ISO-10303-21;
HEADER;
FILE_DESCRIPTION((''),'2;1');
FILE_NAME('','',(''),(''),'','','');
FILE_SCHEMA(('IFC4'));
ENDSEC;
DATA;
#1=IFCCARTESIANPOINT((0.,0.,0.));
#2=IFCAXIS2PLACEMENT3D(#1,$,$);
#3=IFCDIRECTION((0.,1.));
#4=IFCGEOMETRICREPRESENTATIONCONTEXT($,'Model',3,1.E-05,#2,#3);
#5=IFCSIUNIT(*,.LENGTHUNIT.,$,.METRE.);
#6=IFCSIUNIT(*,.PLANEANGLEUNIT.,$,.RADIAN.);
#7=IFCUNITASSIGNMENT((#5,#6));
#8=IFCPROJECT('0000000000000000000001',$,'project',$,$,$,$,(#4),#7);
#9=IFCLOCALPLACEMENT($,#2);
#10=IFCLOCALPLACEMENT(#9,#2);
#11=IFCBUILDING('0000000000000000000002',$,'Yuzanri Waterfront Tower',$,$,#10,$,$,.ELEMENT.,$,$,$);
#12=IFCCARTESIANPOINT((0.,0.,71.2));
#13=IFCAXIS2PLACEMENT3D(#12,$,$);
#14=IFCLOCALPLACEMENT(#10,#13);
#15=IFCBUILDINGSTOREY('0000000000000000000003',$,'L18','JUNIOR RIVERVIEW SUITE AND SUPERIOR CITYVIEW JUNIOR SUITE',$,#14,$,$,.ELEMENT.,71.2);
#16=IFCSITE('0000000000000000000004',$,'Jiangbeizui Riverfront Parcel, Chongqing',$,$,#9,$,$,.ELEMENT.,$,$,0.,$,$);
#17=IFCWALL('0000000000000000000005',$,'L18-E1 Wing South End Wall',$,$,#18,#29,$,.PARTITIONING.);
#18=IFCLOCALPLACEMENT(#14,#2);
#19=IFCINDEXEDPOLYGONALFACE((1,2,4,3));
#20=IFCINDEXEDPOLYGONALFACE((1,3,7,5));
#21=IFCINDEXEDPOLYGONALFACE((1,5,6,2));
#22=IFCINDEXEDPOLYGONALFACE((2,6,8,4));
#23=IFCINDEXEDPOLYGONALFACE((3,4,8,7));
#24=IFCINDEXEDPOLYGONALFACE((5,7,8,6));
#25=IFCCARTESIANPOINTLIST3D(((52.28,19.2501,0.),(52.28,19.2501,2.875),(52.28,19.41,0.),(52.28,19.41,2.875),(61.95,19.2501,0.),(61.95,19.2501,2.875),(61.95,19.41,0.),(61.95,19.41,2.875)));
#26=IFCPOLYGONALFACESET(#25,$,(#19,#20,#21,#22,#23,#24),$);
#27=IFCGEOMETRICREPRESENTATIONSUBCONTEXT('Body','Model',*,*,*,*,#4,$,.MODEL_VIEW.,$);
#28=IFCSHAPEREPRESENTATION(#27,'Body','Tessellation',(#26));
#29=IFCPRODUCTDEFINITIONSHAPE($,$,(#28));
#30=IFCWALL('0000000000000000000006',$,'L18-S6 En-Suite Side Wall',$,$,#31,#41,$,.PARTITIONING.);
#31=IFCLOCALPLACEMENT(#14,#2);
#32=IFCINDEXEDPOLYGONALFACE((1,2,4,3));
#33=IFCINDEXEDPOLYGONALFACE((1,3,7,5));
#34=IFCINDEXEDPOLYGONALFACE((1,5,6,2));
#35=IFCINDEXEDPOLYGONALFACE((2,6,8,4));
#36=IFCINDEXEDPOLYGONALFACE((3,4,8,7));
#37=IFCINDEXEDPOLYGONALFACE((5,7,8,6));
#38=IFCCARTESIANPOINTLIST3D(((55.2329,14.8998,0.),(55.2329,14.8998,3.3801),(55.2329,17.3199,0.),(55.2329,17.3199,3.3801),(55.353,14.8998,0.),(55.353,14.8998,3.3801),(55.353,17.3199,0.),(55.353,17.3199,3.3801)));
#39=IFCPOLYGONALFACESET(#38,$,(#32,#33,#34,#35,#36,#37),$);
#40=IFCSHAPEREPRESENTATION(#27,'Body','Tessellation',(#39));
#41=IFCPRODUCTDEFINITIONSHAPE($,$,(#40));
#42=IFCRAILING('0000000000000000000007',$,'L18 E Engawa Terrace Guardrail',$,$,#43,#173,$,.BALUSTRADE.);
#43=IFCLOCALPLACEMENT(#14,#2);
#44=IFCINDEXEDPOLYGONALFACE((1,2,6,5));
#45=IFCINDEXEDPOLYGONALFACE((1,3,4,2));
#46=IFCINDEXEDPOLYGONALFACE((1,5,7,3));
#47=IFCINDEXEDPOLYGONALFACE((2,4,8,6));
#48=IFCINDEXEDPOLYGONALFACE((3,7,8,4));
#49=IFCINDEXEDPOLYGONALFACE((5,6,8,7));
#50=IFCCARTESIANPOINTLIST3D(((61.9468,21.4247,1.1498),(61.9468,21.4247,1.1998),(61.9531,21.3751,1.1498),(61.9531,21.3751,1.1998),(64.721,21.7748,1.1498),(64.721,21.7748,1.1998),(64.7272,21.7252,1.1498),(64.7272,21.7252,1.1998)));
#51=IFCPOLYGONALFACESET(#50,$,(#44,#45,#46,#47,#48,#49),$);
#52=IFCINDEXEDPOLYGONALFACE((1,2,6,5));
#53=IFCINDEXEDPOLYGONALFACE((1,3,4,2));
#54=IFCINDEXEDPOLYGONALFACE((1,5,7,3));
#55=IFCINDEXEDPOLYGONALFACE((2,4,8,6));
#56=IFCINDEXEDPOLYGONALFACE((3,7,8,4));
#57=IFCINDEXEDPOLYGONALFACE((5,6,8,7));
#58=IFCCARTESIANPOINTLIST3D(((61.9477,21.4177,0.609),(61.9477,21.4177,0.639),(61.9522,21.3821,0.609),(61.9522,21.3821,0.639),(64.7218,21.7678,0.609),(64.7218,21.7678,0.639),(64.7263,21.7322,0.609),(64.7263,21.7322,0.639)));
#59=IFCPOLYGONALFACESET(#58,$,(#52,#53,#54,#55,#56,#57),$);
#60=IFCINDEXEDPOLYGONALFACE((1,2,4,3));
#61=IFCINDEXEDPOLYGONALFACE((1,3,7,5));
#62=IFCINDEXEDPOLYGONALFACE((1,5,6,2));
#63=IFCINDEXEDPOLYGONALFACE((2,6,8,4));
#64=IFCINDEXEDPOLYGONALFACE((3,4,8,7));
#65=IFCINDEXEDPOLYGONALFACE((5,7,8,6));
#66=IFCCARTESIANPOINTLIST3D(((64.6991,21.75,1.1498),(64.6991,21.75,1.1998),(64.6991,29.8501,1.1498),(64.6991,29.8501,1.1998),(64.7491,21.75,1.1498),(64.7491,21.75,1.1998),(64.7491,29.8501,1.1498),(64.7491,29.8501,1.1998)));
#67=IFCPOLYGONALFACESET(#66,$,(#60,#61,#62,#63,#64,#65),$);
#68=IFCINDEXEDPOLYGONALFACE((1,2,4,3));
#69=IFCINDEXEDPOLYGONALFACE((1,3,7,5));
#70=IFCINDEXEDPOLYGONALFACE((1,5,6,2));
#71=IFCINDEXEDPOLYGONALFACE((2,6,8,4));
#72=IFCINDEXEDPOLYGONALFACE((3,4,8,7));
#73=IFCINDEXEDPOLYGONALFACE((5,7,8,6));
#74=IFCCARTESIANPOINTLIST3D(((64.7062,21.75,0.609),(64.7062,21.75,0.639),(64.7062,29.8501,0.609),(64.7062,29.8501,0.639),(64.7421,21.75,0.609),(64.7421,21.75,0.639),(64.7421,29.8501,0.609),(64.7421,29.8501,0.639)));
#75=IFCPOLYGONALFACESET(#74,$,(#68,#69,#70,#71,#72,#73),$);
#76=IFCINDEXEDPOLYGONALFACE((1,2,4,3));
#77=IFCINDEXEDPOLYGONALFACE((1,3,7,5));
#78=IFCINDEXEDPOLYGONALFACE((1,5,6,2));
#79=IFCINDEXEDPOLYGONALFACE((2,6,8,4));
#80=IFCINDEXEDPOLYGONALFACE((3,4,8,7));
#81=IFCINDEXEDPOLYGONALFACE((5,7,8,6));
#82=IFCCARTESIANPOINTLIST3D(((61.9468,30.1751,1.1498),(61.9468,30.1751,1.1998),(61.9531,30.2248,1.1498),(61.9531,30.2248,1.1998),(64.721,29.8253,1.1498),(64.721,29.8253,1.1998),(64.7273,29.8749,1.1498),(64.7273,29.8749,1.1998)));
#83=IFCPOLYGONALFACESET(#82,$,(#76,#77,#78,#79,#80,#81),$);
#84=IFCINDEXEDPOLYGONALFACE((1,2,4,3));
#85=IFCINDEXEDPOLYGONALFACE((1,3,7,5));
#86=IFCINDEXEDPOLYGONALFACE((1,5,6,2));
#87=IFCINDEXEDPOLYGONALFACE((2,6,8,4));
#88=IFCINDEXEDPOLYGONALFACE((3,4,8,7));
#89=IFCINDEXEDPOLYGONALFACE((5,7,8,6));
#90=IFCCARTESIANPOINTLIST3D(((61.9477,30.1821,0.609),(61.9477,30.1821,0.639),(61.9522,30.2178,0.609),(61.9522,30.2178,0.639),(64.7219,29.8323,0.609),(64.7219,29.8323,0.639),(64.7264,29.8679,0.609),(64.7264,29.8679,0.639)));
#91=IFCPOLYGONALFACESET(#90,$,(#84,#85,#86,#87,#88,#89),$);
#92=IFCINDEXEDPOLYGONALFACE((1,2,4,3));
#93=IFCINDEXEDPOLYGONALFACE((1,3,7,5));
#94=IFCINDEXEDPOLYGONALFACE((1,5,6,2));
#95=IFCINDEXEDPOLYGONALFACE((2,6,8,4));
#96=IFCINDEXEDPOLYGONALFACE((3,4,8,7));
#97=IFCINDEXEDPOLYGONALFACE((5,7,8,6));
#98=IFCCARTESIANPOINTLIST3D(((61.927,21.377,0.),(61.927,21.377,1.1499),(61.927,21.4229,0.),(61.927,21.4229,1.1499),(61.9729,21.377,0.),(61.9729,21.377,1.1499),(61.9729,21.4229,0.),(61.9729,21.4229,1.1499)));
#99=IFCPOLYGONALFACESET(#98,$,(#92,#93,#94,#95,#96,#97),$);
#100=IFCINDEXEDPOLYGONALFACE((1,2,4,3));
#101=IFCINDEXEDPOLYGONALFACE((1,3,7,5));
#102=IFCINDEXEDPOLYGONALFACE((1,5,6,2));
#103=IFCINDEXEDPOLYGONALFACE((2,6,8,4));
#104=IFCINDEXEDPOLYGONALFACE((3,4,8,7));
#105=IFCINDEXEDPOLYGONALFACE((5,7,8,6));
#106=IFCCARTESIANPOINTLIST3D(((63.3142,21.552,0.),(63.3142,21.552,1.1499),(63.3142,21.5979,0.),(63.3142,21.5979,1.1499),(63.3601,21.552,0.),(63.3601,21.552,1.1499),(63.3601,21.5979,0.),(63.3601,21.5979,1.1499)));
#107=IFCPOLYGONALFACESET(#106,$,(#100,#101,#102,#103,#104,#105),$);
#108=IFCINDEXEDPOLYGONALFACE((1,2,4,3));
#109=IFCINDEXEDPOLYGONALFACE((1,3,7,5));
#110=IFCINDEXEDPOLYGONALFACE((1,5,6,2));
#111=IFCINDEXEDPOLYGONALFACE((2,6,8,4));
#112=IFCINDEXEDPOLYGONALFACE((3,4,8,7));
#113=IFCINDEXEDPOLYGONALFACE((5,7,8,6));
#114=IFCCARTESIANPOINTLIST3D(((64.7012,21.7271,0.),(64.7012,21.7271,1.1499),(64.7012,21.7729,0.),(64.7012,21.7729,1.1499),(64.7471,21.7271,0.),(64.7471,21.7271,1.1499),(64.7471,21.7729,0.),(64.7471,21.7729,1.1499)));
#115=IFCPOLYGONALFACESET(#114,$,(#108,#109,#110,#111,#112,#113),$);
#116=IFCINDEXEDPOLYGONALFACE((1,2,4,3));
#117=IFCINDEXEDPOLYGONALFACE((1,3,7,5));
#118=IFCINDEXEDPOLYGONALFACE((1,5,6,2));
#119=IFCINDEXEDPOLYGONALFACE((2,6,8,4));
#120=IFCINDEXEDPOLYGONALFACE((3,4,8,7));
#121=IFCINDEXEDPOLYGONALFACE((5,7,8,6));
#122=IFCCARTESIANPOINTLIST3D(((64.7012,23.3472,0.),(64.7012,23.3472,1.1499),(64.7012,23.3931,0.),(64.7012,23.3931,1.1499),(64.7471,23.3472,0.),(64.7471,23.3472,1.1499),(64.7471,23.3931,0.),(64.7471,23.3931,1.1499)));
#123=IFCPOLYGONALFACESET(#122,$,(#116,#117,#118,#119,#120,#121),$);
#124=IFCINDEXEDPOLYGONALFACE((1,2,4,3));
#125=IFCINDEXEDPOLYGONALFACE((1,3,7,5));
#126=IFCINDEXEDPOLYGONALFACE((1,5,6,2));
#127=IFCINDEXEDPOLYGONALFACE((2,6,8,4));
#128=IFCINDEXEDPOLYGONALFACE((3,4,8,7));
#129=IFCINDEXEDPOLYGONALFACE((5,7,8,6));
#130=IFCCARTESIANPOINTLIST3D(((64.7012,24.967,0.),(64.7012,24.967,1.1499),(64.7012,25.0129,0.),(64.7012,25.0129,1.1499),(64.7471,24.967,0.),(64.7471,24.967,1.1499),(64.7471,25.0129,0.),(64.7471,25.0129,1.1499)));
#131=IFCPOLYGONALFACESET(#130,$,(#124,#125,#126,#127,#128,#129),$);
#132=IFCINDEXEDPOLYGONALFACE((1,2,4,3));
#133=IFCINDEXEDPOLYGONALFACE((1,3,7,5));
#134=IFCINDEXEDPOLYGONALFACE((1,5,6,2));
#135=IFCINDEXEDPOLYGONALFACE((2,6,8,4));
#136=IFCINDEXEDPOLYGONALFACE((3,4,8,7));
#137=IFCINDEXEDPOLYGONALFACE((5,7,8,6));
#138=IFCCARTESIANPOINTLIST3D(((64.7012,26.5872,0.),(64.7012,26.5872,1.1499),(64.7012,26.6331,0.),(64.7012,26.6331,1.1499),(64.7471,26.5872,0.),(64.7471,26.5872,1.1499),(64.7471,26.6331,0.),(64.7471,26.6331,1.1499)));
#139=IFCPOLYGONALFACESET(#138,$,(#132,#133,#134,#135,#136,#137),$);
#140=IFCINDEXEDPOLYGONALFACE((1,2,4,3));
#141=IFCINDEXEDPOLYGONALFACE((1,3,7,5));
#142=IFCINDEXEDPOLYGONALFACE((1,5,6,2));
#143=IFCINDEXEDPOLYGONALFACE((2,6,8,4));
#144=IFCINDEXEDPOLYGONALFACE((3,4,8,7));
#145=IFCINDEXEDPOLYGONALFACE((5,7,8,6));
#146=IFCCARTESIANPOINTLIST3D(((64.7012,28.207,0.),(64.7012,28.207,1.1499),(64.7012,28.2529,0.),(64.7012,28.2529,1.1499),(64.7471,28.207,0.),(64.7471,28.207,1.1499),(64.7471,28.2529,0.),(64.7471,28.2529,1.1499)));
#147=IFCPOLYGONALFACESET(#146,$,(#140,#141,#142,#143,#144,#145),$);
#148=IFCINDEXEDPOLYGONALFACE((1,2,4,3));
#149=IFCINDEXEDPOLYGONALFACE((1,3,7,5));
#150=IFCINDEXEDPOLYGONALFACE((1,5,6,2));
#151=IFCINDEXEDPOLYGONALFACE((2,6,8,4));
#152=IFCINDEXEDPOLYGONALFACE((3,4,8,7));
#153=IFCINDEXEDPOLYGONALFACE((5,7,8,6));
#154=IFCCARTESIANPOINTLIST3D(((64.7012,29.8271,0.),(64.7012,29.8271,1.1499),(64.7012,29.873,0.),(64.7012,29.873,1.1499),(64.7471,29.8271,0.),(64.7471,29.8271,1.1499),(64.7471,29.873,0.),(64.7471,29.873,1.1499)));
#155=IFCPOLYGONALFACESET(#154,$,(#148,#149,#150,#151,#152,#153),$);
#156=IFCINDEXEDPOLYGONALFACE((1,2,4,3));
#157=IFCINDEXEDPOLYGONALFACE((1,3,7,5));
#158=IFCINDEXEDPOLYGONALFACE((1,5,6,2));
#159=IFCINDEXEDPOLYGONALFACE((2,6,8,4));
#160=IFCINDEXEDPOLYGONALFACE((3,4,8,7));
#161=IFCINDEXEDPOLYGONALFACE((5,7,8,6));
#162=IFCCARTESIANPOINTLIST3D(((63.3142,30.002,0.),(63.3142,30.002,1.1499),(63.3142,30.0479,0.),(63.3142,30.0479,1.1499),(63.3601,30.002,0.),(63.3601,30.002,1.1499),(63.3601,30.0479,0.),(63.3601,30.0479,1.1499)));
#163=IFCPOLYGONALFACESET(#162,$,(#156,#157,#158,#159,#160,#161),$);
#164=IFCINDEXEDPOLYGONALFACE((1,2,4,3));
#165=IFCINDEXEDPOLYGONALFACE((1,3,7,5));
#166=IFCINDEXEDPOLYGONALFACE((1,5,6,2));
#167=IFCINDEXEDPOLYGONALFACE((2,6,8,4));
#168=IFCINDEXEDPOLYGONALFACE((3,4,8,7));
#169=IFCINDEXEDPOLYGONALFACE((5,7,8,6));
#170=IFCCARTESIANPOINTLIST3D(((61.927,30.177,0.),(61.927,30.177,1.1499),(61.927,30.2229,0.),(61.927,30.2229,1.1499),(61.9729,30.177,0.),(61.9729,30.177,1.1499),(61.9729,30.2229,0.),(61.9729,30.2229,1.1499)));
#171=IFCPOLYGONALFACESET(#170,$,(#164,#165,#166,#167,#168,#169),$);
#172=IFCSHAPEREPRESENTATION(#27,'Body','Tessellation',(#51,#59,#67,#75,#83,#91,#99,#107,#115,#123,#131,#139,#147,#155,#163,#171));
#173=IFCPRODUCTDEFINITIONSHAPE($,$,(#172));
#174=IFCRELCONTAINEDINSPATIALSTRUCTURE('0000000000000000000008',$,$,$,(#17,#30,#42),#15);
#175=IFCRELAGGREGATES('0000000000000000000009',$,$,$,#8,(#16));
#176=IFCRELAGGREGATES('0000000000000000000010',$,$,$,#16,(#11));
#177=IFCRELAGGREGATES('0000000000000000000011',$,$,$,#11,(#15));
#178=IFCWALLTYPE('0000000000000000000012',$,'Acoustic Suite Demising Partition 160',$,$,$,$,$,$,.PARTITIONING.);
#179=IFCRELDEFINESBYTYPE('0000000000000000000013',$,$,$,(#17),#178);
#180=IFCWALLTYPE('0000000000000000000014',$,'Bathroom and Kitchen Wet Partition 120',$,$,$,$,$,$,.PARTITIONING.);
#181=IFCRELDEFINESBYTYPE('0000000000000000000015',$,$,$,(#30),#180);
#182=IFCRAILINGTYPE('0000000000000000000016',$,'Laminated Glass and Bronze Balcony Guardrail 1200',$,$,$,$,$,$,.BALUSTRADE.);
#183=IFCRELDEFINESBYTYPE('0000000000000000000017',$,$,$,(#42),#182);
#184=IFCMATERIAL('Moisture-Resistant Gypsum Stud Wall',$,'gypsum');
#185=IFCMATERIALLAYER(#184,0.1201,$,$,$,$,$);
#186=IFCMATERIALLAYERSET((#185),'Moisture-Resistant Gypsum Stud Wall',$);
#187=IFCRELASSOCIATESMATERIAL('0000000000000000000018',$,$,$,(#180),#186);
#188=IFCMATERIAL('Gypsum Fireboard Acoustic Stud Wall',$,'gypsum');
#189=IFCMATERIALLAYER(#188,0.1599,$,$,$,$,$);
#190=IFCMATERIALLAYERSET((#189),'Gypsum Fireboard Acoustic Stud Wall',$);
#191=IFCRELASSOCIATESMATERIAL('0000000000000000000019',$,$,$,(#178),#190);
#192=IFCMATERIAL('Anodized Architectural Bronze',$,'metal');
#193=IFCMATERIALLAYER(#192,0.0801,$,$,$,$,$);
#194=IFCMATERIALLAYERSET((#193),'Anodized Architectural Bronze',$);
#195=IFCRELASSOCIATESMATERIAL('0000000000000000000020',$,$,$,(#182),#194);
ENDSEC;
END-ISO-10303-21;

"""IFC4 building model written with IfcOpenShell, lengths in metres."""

from ifc_helpers import new_model, si_unit, direction, frame, frame_2d, origin, origin_2d, place, context, subcontext, project, spatial, rectangle, extrude, source, transform, mapped, material, layer, layer_set, type_object, element, save


model = new_model("IFC4")

# Units and contexts
model_context = context("Model", 3, precision=1e-05, world=origin(), true_north=direction((0.0, 1.0)))
body_context = subcontext(model_context, "Body", "Model", "MODEL_VIEW")
ifc_project = project(units=[si_unit("LENGTHUNIT", "METRE"), si_unit("PLANEANGLEUNIT", "RADIAN")], contexts=[model_context])

# Site, building, storey
site_placement = place(None, origin())
site = spatial("IfcSite", under=ifc_project, at=site_placement, Name="Jiangbeizui Riverfront Parcel, Chongqing", CompositionType="ELEMENT", RefElevation=0.0)
building_placement = place(site_placement, origin())
building = spatial("IfcBuilding", under=site, at=building_placement, Name="Yuzanri Waterfront Tower", CompositionType="ELEMENT")
storey_placement = place(building_placement, frame((0.0, 0.0, 71.2)))
storey = spatial("IfcBuildingStorey", under=building, at=storey_placement, Name="L18", Description="JUNIOR RIVERVIEW SUITE AND SUPERIOR CITYVIEW JUNIOR SUITE", CompositionType="ELEMENT", Elevation=71.2)

# Shared definitions
ifc_material_1 = material(Name="Moisture-Resistant Gypsum Stud Wall", Category="gypsum")
ifc_layer_1 = layer(ifc_material_1, 0.1201)
ifc_layer_set_1 = layer_set([ifc_layer_1], Name="Moisture-Resistant Gypsum Stud Wall")
wall_type_1 = type_object("IfcWallType", Name="Bathroom and Kitchen Wet Partition 120", PredefinedType="PARTITIONING", material=ifc_layer_set_1)

# Walls
ifc_material_2 = material(Name="Gypsum Fireboard Acoustic Stud Wall", Category="gypsum")
ifc_layer_2 = layer(ifc_material_2, 0.1599)
ifc_layer_set_2 = layer_set([ifc_layer_2], Name="Gypsum Fireboard Acoustic Stud Wall")
wall_type_2 = type_object("IfcWallType", Name="Acoustic Suite Demising Partition 160", PredefinedType="PARTITIONING", material=ifc_layer_set_2)
shared_shape_1 = source(origin(), body_context, "Body", "SweptSolid", [
    extrude(rectangle(XDim=9.6699, YDim=0.1599, at=frame_2d((4.835, 0.0))), origin(), (0.0, 0.0, 1.0), 2.875),
])
wall_1_placement = place(storey_placement, frame((52.28, 19.3301, 0.0), z_axis=(0.0, 0.0, 1.0), x_axis=(1.0, 0.0, 0.0)))
element("IfcWall", 1, at=wall_1_placement, inside=storey, type_object=wall_type_2, Name="L18-E1 Wing South End Wall", PredefinedType="PARTITIONING", context=body_context, shape_type="MappedRepresentation", body=[
    mapped(shared_shape_1, transform((0.0, 0.0, 0.0), scale=1.0)),
])
shared_shape_2 = source(origin(), body_context, "Body", "SweptSolid", [
    extrude(rectangle(XDim=2.4202, YDim=0.1201, at=frame_2d((1.21, 0.0))), origin(), (0.0, 0.0, 1.0), 3.3801),
])
wall_2_placement = place(storey_placement, frame((55.293, 14.8999, 0.0), z_axis=(0.0, 0.0, 1.0), x_axis=(0.0, 1.0, 0.0)))
element("IfcWall", 2, at=wall_2_placement, inside=storey, type_object=wall_type_1, Name="L18-S6 En-Suite Side Wall", PredefinedType="PARTITIONING", context=body_context, shape_type="MappedRepresentation", body=[
    mapped(shared_shape_2, transform((0.0, 0.0, 0.0), scale=1.0)),
])

# Railing
ifc_material_3 = material(Name="Anodized Architectural Bronze", Category="metal")
ifc_layer_3 = layer(ifc_material_3, 0.0801)
ifc_layer_set_3 = layer_set([ifc_layer_3], Name="Anodized Architectural Bronze")
railing_type = type_object("IfcRailingType", Name="Laminated Glass and Bronze Balcony Guardrail 1200", PredefinedType="BALUSTRADE", material=ifc_layer_set_3)
shared_shape_3 = source(origin(), body_context, "Body", "SweptSolid", [
    extrude(rectangle(XDim=0.05, YDim=0.05, at=origin_2d()), frame((0.0, 0.0, 1.1748), z_axis=(0.992131, 0.125206, 0.0), x_axis=(-0.125206, 0.992131, 0.0)), (0.0, 0.0, 1.0), 2.7961),
    extrude(rectangle(XDim=0.0359, YDim=0.03, at=origin_2d()), frame((0.0, 0.0, 0.624), z_axis=(0.992131, 0.125206, 0.0), x_axis=(-0.125206, 0.992131, 0.0)), (0.0, 0.0, 1.0), 2.7961),
    extrude(rectangle(XDim=0.05, YDim=0.05, at=origin_2d()), frame((2.7742, 0.3501, 1.1748), z_axis=(0.0, 1.0, 0.0), x_axis=(-1.0, 0.0, 0.0)), (0.0, 0.0, 1.0), 8.1001),
    extrude(rectangle(XDim=0.0359, YDim=0.03, at=origin_2d()), frame((2.7742, 0.3501, 0.624), z_axis=(0.0, 1.0, 0.0), x_axis=(-1.0, 0.0, 0.0)), (0.0, 0.0, 1.0), 8.1001),
    extrude(rectangle(XDim=0.05, YDim=0.05, at=origin_2d()), frame((2.7742, 8.4502, 1.1748), z_axis=(-0.992142, 0.12512, 0.0), x_axis=(-0.12512, -0.992142, 0.0)), (0.0, 0.0, 1.0), 2.7961),
    extrude(rectangle(XDim=0.0359, YDim=0.03, at=origin_2d()), frame((2.7742, 8.4502, 0.624), z_axis=(-0.992142, 0.12512, 0.0), x_axis=(-0.12512, -0.992142, 0.0)), (0.0, 0.0, 1.0), 2.7961),
    extrude(rectangle(XDim=0.0459, YDim=0.0459, at=origin_2d()), origin(), (0.0, 0.0, 1.0), 1.1499),
    extrude(rectangle(XDim=0.0459, YDim=0.0459, at=origin_2d()), frame((1.3872, 0.175, 0.0)), (0.0, 0.0, 1.0), 1.1499),
    extrude(rectangle(XDim=0.0459, YDim=0.0459, at=origin_2d()), frame((2.7742, 0.3501, 0.0)), (0.0, 0.0, 1.0), 1.1499),
    extrude(rectangle(XDim=0.0459, YDim=0.0459, at=origin_2d()), frame((2.7742, 1.9702, 0.0)), (0.0, 0.0, 1.0), 1.1499),
    extrude(rectangle(XDim=0.0459, YDim=0.0459, at=origin_2d()), frame((2.7742, 3.5901, 0.0)), (0.0, 0.0, 1.0), 1.1499),
    extrude(rectangle(XDim=0.0459, YDim=0.0459, at=origin_2d()), frame((2.7742, 5.2102, 0.0)), (0.0, 0.0, 1.0), 1.1499),
    extrude(rectangle(XDim=0.0459, YDim=0.0459, at=origin_2d()), frame((2.7742, 6.8301, 0.0)), (0.0, 0.0, 1.0), 1.1499),
    extrude(rectangle(XDim=0.0459, YDim=0.0459, at=origin_2d()), frame((2.7742, 8.4502, 0.0)), (0.0, 0.0, 1.0), 1.1499),
    extrude(rectangle(XDim=0.0459, YDim=0.0459, at=origin_2d()), frame((1.3872, 8.625, 0.0)), (0.0, 0.0, 1.0), 1.1499),
    extrude(rectangle(XDim=0.0459, YDim=0.0459, at=origin_2d()), frame((0.0, 8.8, 0.0)), (0.0, 0.0, 1.0), 1.1499),
])
railing_placement = place(storey_placement, frame((61.95, 21.3999, 0.0)))
element("IfcRailing", 3, at=railing_placement, inside=storey, type_object=railing_type, Name="L18 E Engawa Terrace Guardrail", PredefinedType="BALUSTRADE", context=body_context, shape_type="MappedRepresentation", body=[
    mapped(shared_shape_3, transform((0.0, 0.0, 0.0), scale=1.0)),
])

save(model, "model.ifc")
